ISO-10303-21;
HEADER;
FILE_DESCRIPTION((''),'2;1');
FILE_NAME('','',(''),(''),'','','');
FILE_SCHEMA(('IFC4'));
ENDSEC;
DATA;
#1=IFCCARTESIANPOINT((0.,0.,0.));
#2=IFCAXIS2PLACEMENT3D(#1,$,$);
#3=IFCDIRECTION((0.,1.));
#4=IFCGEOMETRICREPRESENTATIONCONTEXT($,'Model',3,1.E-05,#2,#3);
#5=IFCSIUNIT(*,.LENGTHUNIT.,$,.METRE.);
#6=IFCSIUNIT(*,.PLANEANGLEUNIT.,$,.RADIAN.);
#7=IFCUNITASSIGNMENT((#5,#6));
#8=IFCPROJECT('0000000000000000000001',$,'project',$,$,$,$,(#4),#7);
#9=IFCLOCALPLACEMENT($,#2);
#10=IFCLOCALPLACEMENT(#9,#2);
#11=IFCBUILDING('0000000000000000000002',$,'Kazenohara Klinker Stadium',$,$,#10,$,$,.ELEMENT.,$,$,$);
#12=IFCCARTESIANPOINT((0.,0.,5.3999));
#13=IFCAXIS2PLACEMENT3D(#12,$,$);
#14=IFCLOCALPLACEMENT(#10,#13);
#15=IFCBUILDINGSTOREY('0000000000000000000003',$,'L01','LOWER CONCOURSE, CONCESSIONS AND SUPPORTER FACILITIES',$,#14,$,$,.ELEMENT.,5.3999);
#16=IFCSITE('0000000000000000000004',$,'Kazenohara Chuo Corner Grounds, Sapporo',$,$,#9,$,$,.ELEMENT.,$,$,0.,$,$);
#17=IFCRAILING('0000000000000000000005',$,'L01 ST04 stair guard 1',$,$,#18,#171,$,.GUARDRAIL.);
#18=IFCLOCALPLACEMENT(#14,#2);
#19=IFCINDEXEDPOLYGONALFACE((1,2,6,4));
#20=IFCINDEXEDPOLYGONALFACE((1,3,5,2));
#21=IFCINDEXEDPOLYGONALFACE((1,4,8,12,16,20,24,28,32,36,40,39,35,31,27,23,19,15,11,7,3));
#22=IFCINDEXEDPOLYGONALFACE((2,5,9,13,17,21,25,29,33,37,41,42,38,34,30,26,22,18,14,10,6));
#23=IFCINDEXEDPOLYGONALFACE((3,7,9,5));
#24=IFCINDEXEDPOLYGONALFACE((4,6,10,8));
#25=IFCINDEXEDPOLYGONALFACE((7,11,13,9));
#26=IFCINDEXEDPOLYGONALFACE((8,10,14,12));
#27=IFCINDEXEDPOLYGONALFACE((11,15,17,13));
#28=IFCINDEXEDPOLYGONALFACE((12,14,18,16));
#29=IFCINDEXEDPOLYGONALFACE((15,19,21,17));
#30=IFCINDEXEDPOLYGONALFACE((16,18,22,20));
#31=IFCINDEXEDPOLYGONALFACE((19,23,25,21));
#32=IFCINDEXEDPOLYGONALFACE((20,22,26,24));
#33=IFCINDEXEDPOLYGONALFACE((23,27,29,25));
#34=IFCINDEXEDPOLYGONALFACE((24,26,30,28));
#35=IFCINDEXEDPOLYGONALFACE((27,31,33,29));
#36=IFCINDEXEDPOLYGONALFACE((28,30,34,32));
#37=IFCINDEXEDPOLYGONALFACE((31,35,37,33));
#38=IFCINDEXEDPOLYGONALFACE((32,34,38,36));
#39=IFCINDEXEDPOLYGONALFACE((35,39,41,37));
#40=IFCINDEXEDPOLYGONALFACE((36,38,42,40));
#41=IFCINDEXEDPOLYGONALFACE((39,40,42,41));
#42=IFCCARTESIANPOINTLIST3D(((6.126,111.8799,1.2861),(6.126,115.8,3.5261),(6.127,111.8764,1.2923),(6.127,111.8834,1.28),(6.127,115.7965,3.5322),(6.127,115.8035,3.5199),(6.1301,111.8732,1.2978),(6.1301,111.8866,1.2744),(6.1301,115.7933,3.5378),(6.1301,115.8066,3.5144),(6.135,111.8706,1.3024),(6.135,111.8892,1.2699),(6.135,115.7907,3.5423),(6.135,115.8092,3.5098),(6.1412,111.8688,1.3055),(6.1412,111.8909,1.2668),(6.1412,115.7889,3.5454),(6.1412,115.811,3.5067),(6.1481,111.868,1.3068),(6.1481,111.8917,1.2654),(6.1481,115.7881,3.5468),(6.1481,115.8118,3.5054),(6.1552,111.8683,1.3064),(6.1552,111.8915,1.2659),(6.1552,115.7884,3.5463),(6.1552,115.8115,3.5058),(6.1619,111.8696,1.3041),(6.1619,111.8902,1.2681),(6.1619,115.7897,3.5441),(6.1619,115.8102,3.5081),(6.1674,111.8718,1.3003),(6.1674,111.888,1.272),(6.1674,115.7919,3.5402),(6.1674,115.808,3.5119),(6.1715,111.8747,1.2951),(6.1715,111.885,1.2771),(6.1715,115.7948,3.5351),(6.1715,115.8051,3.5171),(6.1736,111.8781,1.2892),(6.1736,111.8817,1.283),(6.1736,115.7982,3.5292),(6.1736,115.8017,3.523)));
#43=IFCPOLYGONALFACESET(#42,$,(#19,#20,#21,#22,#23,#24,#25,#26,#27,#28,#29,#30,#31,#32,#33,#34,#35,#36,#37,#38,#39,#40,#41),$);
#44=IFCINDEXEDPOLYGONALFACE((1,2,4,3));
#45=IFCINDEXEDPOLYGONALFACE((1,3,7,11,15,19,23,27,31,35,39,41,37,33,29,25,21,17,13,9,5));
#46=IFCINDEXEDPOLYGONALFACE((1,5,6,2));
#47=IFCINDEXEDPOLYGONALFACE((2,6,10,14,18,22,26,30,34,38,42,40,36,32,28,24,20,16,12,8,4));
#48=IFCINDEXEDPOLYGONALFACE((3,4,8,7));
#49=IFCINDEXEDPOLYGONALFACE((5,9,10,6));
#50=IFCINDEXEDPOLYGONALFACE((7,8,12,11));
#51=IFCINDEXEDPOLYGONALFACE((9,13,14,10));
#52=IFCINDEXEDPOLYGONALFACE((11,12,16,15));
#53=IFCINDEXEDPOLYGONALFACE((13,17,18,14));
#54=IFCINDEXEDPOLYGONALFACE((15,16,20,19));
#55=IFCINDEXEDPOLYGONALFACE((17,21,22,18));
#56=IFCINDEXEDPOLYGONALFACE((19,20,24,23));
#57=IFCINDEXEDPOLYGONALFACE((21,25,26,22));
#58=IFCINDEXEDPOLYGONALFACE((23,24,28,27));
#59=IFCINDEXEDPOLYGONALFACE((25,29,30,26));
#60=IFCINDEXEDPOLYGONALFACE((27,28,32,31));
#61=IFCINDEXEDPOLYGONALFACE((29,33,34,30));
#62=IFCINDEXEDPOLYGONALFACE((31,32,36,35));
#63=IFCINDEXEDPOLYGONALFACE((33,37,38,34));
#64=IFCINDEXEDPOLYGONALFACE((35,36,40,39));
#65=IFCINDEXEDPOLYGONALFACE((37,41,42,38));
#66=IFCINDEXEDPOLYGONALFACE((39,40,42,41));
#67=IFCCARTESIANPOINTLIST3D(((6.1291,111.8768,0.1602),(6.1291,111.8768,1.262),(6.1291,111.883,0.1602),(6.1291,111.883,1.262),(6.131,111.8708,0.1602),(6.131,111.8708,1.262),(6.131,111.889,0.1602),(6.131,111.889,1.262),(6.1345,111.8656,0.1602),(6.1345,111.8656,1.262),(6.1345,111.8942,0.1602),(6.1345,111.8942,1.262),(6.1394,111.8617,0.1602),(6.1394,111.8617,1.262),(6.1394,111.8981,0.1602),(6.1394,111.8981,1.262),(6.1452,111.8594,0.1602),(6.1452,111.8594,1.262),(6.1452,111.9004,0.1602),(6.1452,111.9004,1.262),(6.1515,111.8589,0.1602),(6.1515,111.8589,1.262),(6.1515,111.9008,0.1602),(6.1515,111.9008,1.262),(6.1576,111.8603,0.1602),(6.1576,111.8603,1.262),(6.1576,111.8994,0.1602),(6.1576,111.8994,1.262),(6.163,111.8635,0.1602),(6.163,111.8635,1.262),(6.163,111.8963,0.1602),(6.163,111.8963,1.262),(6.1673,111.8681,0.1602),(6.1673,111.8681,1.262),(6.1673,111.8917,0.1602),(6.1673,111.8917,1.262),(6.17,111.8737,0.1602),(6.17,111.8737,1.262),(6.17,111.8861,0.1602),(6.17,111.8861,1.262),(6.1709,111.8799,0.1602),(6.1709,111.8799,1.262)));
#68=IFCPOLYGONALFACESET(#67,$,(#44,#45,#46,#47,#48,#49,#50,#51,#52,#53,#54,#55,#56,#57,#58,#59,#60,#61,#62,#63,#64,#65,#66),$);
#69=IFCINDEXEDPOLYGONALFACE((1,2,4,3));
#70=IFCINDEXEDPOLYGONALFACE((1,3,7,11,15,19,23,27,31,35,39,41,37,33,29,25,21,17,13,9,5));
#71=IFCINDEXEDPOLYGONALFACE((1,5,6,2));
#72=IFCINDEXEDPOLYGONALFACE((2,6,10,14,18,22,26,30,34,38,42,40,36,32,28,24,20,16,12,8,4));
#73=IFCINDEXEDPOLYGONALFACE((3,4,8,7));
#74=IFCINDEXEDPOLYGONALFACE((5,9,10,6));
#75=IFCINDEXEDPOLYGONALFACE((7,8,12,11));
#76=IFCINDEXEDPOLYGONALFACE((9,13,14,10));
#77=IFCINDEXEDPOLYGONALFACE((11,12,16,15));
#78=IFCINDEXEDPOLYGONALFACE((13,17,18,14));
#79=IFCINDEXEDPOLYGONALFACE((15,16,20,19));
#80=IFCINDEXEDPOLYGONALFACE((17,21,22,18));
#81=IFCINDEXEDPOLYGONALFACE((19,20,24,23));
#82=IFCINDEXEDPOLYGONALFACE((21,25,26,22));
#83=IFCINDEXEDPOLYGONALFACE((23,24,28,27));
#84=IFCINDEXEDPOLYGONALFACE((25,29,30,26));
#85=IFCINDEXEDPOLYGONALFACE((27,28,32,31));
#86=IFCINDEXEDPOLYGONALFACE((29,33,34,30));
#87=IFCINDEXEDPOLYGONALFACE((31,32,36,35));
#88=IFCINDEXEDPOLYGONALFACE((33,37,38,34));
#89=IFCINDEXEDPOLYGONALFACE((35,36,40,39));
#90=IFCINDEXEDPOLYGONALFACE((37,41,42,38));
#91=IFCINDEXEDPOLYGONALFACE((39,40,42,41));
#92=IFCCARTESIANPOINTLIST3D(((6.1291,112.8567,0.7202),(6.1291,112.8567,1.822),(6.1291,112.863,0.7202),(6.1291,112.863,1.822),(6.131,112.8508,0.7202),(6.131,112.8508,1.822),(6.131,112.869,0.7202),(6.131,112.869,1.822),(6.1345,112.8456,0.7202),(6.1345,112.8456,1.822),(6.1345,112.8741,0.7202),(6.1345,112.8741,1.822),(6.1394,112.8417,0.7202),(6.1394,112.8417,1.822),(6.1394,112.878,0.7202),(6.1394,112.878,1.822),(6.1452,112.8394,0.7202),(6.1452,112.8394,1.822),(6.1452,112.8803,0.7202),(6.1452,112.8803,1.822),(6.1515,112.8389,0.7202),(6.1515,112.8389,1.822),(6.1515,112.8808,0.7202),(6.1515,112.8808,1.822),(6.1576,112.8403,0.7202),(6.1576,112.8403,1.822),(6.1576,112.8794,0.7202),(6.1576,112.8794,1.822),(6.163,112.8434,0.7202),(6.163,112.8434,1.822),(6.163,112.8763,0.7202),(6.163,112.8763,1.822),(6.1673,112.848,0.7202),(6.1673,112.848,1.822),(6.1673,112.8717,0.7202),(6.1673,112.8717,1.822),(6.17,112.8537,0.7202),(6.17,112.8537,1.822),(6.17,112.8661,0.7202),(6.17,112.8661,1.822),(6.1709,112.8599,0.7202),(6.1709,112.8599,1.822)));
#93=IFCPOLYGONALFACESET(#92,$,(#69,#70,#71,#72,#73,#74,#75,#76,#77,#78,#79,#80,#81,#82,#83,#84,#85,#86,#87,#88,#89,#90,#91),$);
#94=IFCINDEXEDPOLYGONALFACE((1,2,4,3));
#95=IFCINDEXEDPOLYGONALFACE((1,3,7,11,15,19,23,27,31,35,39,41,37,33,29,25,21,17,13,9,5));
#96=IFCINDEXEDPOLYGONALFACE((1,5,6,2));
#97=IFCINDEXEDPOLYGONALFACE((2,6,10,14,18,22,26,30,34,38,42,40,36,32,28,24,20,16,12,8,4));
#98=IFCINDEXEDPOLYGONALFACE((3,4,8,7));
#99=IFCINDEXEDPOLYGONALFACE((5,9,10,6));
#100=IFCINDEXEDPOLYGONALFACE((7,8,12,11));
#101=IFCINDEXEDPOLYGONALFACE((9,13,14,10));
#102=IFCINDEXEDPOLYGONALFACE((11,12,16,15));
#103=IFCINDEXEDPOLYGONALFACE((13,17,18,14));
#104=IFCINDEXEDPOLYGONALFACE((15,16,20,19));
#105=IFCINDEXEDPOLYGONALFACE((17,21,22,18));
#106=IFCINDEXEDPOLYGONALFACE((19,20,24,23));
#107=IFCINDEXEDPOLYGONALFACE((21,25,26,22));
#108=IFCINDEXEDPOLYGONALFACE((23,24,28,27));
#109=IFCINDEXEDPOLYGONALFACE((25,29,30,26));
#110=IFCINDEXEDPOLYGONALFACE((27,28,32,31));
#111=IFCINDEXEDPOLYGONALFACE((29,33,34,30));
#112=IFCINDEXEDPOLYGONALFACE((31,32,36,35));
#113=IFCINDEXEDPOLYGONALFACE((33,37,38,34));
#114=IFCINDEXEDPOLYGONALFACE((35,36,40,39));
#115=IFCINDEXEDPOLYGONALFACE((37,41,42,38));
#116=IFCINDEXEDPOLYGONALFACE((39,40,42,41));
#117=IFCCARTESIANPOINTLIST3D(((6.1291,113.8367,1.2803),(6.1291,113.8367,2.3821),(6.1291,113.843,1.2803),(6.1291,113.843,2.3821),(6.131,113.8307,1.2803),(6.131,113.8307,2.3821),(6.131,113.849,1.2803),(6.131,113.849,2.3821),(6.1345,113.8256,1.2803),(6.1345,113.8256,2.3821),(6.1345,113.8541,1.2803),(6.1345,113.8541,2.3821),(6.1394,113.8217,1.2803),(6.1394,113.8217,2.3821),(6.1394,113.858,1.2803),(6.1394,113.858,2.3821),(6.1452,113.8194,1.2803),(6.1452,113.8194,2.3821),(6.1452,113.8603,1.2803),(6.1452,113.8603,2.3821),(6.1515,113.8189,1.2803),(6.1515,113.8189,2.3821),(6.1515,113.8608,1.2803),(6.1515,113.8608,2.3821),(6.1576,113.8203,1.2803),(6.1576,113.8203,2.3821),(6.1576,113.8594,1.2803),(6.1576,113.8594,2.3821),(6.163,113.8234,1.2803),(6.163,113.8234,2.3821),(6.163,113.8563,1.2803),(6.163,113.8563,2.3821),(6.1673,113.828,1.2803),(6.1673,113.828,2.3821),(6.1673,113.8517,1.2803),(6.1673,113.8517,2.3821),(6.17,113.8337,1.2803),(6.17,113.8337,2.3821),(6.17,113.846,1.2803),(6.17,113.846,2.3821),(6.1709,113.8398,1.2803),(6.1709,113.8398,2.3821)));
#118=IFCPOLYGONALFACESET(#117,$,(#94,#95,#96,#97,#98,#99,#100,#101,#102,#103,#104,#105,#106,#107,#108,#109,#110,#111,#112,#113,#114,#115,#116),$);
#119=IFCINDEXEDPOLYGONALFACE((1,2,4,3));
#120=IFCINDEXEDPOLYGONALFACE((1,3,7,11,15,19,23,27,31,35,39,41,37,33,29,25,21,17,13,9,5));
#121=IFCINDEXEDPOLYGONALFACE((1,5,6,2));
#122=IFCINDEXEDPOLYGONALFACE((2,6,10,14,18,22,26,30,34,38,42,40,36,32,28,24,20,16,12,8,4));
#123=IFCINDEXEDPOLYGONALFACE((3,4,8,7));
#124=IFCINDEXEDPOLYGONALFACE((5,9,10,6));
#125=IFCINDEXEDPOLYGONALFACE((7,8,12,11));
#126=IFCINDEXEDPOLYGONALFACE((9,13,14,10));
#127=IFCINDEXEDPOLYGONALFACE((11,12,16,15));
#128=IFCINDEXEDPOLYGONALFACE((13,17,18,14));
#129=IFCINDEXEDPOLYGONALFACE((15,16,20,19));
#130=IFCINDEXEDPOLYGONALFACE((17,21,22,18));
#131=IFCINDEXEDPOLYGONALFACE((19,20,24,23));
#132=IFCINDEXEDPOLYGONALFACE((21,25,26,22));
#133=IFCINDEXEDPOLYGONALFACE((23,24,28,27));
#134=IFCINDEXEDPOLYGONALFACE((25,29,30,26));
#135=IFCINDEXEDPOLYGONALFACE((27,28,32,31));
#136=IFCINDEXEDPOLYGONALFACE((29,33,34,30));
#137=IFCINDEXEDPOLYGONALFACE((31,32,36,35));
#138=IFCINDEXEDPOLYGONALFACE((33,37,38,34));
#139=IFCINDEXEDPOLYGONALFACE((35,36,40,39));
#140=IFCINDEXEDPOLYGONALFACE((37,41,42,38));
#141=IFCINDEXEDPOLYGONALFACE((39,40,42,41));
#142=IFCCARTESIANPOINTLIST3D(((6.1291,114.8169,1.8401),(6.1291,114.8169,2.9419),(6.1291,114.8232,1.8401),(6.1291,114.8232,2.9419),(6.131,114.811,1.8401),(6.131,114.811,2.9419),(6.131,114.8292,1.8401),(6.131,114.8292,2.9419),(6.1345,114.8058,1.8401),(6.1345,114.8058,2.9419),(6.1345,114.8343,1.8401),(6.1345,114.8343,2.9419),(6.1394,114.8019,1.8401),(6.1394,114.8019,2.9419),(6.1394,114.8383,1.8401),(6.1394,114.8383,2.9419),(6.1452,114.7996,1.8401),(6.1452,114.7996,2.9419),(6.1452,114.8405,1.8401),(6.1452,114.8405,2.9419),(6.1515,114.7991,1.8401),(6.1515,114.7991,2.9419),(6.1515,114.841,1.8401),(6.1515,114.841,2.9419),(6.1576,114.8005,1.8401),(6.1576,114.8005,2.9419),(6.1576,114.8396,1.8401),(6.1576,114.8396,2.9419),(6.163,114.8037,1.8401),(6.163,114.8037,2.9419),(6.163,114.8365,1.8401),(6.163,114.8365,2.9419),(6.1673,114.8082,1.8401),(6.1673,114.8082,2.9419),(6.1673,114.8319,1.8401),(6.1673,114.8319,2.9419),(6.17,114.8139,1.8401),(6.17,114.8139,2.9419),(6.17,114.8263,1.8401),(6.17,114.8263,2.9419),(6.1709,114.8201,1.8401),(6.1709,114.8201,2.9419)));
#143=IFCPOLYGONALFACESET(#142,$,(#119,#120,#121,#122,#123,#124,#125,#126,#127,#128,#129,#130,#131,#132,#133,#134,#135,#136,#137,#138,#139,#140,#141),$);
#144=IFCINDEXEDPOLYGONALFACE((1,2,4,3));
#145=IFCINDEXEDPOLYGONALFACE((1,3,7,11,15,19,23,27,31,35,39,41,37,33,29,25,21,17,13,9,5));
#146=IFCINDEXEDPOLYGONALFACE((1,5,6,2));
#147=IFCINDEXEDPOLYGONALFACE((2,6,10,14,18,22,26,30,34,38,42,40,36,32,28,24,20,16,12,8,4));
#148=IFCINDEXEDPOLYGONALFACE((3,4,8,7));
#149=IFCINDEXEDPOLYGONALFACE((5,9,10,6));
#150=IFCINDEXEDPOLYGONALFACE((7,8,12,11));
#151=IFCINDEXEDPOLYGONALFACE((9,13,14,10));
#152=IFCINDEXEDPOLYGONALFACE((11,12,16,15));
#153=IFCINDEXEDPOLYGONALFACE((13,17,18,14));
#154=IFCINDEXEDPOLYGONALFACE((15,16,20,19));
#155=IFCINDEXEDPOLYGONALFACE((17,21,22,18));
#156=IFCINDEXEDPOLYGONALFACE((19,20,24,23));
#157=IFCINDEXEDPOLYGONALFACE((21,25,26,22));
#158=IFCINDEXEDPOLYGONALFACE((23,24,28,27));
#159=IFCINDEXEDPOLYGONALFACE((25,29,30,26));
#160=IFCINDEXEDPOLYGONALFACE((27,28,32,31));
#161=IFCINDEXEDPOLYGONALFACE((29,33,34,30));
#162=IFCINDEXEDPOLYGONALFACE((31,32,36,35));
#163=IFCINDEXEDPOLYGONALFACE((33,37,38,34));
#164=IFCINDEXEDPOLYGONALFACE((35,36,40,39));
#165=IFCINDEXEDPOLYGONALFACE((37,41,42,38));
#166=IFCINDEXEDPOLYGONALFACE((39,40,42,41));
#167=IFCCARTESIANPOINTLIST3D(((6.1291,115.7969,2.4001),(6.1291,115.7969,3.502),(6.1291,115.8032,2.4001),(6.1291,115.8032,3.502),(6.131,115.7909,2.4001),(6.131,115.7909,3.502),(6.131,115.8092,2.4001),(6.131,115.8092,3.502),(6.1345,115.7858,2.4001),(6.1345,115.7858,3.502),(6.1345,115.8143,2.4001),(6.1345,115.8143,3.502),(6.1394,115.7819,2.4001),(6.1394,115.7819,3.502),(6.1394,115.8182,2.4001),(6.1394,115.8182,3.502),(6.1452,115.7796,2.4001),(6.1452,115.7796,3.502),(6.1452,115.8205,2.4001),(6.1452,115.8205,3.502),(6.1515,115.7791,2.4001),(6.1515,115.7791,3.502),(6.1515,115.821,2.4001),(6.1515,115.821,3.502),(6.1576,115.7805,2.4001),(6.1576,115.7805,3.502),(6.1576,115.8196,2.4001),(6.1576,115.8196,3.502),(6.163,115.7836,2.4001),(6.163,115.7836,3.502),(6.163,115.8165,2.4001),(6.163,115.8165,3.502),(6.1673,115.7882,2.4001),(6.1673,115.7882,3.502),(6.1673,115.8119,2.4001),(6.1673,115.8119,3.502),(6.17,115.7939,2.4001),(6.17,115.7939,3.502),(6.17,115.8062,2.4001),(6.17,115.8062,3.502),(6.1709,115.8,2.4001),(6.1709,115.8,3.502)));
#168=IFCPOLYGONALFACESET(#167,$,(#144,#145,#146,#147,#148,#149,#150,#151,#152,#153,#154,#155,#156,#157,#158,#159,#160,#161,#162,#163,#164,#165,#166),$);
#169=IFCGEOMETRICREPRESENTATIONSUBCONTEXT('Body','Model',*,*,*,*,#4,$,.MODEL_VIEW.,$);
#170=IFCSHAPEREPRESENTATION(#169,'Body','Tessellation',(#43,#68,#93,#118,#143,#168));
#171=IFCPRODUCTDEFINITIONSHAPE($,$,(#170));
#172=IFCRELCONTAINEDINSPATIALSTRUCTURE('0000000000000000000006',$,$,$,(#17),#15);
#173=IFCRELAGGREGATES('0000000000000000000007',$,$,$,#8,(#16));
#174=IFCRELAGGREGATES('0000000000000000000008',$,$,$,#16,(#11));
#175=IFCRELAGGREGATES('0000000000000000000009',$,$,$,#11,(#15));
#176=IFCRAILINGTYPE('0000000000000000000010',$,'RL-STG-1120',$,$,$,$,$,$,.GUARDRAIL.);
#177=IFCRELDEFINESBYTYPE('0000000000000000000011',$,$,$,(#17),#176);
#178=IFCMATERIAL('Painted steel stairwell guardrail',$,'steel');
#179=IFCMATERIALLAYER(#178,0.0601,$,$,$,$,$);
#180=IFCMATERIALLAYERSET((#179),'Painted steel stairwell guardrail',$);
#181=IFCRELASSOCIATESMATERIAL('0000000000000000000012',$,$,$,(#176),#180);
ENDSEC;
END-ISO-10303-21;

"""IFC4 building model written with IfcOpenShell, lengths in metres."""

from ifc_helpers import new_model, si_unit, direction, frame, origin, origin_2d, place, context, subcontext, project, spatial, circle, extrude, material, layer, layer_set, type_object, element, save


model = new_model("IFC4")

# Units and contexts
model_context = context("Model", 3, precision=1e-05, world=origin(), true_north=direction((0.0, 1.0)))
body_context = subcontext(model_context, "Body", "Model", "MODEL_VIEW")
ifc_project = project(units=[si_unit("LENGTHUNIT", "METRE"), si_unit("PLANEANGLEUNIT", "RADIAN")], contexts=[model_context])

# Site, building, storey
site_placement = place(None, origin())
site = spatial("IfcSite", under=ifc_project, at=site_placement, Name="Kazenohara Chuo Corner Grounds, Sapporo", CompositionType="ELEMENT", RefElevation=0.0)
building_placement = place(site_placement, origin())
building = spatial("IfcBuilding", under=site, at=building_placement, Name="Kazenohara Klinker Stadium", CompositionType="ELEMENT")
storey_placement = place(building_placement, frame((0.0, 0.0, 5.3999)))
storey = spatial("IfcBuildingStorey", under=building, at=storey_placement, Name="L01", Description="LOWER CONCOURSE, CONCESSIONS AND SUPPORTER FACILITIES", CompositionType="ELEMENT", Elevation=5.3999)

# Railing
ifc_material_1 = material(Name="Painted steel stairwell guardrail", Category="steel")
ifc_layer_1 = layer(ifc_material_1, 0.0601)
ifc_layer_set_1 = layer_set([ifc_layer_1], Name="Painted steel stairwell guardrail")
railing_type_1 = type_object("IfcRailingType", Name="RL-STG-1120", PredefinedType="GUARDRAIL", material=ifc_layer_set_1)
railing_1_placement = place(storey_placement, frame((6.1499, 111.8799, 0.1602)))
element("IfcRailing", 1, at=railing_1_placement, inside=storey, type_object=railing_type_1, Name="L01 ST04 stair guard 1", PredefinedType="GUARDRAIL", context=body_context, shape_type="SweptSolid", body=[
    extrude(circle(Radius=0.0239, at=origin_2d()), frame((0.0, 0.0, 1.126), z_axis=(0.0, 0.868253, 0.496121), x_axis=(-1.0, 0.0, 0.0)), (0.0, 0.0, 1.0), 4.5149),
    extrude(circle(Radius=0.021, at=origin_2d()), origin(), (0.0, 0.0, 1.0), 1.1018),
    extrude(circle(Radius=0.021, at=origin_2d()), frame((0.0, 0.98, 0.5601)), (0.0, 0.0, 1.0), 1.1018),
    extrude(circle(Radius=0.021, at=origin_2d()), frame((0.0, 1.96, 1.1201)), (0.0, 0.0, 1.0), 1.1018),
    extrude(circle(Radius=0.021, at=origin_2d()), frame((0.0, 2.9402, 1.6799)), (0.0, 0.0, 1.0), 1.1018),
    extrude(circle(Radius=0.021, at=origin_2d()), frame((0.0, 3.9202, 2.24)), (0.0, 0.0, 1.0), 1.1018),
])

save(model, "model.ifc")
